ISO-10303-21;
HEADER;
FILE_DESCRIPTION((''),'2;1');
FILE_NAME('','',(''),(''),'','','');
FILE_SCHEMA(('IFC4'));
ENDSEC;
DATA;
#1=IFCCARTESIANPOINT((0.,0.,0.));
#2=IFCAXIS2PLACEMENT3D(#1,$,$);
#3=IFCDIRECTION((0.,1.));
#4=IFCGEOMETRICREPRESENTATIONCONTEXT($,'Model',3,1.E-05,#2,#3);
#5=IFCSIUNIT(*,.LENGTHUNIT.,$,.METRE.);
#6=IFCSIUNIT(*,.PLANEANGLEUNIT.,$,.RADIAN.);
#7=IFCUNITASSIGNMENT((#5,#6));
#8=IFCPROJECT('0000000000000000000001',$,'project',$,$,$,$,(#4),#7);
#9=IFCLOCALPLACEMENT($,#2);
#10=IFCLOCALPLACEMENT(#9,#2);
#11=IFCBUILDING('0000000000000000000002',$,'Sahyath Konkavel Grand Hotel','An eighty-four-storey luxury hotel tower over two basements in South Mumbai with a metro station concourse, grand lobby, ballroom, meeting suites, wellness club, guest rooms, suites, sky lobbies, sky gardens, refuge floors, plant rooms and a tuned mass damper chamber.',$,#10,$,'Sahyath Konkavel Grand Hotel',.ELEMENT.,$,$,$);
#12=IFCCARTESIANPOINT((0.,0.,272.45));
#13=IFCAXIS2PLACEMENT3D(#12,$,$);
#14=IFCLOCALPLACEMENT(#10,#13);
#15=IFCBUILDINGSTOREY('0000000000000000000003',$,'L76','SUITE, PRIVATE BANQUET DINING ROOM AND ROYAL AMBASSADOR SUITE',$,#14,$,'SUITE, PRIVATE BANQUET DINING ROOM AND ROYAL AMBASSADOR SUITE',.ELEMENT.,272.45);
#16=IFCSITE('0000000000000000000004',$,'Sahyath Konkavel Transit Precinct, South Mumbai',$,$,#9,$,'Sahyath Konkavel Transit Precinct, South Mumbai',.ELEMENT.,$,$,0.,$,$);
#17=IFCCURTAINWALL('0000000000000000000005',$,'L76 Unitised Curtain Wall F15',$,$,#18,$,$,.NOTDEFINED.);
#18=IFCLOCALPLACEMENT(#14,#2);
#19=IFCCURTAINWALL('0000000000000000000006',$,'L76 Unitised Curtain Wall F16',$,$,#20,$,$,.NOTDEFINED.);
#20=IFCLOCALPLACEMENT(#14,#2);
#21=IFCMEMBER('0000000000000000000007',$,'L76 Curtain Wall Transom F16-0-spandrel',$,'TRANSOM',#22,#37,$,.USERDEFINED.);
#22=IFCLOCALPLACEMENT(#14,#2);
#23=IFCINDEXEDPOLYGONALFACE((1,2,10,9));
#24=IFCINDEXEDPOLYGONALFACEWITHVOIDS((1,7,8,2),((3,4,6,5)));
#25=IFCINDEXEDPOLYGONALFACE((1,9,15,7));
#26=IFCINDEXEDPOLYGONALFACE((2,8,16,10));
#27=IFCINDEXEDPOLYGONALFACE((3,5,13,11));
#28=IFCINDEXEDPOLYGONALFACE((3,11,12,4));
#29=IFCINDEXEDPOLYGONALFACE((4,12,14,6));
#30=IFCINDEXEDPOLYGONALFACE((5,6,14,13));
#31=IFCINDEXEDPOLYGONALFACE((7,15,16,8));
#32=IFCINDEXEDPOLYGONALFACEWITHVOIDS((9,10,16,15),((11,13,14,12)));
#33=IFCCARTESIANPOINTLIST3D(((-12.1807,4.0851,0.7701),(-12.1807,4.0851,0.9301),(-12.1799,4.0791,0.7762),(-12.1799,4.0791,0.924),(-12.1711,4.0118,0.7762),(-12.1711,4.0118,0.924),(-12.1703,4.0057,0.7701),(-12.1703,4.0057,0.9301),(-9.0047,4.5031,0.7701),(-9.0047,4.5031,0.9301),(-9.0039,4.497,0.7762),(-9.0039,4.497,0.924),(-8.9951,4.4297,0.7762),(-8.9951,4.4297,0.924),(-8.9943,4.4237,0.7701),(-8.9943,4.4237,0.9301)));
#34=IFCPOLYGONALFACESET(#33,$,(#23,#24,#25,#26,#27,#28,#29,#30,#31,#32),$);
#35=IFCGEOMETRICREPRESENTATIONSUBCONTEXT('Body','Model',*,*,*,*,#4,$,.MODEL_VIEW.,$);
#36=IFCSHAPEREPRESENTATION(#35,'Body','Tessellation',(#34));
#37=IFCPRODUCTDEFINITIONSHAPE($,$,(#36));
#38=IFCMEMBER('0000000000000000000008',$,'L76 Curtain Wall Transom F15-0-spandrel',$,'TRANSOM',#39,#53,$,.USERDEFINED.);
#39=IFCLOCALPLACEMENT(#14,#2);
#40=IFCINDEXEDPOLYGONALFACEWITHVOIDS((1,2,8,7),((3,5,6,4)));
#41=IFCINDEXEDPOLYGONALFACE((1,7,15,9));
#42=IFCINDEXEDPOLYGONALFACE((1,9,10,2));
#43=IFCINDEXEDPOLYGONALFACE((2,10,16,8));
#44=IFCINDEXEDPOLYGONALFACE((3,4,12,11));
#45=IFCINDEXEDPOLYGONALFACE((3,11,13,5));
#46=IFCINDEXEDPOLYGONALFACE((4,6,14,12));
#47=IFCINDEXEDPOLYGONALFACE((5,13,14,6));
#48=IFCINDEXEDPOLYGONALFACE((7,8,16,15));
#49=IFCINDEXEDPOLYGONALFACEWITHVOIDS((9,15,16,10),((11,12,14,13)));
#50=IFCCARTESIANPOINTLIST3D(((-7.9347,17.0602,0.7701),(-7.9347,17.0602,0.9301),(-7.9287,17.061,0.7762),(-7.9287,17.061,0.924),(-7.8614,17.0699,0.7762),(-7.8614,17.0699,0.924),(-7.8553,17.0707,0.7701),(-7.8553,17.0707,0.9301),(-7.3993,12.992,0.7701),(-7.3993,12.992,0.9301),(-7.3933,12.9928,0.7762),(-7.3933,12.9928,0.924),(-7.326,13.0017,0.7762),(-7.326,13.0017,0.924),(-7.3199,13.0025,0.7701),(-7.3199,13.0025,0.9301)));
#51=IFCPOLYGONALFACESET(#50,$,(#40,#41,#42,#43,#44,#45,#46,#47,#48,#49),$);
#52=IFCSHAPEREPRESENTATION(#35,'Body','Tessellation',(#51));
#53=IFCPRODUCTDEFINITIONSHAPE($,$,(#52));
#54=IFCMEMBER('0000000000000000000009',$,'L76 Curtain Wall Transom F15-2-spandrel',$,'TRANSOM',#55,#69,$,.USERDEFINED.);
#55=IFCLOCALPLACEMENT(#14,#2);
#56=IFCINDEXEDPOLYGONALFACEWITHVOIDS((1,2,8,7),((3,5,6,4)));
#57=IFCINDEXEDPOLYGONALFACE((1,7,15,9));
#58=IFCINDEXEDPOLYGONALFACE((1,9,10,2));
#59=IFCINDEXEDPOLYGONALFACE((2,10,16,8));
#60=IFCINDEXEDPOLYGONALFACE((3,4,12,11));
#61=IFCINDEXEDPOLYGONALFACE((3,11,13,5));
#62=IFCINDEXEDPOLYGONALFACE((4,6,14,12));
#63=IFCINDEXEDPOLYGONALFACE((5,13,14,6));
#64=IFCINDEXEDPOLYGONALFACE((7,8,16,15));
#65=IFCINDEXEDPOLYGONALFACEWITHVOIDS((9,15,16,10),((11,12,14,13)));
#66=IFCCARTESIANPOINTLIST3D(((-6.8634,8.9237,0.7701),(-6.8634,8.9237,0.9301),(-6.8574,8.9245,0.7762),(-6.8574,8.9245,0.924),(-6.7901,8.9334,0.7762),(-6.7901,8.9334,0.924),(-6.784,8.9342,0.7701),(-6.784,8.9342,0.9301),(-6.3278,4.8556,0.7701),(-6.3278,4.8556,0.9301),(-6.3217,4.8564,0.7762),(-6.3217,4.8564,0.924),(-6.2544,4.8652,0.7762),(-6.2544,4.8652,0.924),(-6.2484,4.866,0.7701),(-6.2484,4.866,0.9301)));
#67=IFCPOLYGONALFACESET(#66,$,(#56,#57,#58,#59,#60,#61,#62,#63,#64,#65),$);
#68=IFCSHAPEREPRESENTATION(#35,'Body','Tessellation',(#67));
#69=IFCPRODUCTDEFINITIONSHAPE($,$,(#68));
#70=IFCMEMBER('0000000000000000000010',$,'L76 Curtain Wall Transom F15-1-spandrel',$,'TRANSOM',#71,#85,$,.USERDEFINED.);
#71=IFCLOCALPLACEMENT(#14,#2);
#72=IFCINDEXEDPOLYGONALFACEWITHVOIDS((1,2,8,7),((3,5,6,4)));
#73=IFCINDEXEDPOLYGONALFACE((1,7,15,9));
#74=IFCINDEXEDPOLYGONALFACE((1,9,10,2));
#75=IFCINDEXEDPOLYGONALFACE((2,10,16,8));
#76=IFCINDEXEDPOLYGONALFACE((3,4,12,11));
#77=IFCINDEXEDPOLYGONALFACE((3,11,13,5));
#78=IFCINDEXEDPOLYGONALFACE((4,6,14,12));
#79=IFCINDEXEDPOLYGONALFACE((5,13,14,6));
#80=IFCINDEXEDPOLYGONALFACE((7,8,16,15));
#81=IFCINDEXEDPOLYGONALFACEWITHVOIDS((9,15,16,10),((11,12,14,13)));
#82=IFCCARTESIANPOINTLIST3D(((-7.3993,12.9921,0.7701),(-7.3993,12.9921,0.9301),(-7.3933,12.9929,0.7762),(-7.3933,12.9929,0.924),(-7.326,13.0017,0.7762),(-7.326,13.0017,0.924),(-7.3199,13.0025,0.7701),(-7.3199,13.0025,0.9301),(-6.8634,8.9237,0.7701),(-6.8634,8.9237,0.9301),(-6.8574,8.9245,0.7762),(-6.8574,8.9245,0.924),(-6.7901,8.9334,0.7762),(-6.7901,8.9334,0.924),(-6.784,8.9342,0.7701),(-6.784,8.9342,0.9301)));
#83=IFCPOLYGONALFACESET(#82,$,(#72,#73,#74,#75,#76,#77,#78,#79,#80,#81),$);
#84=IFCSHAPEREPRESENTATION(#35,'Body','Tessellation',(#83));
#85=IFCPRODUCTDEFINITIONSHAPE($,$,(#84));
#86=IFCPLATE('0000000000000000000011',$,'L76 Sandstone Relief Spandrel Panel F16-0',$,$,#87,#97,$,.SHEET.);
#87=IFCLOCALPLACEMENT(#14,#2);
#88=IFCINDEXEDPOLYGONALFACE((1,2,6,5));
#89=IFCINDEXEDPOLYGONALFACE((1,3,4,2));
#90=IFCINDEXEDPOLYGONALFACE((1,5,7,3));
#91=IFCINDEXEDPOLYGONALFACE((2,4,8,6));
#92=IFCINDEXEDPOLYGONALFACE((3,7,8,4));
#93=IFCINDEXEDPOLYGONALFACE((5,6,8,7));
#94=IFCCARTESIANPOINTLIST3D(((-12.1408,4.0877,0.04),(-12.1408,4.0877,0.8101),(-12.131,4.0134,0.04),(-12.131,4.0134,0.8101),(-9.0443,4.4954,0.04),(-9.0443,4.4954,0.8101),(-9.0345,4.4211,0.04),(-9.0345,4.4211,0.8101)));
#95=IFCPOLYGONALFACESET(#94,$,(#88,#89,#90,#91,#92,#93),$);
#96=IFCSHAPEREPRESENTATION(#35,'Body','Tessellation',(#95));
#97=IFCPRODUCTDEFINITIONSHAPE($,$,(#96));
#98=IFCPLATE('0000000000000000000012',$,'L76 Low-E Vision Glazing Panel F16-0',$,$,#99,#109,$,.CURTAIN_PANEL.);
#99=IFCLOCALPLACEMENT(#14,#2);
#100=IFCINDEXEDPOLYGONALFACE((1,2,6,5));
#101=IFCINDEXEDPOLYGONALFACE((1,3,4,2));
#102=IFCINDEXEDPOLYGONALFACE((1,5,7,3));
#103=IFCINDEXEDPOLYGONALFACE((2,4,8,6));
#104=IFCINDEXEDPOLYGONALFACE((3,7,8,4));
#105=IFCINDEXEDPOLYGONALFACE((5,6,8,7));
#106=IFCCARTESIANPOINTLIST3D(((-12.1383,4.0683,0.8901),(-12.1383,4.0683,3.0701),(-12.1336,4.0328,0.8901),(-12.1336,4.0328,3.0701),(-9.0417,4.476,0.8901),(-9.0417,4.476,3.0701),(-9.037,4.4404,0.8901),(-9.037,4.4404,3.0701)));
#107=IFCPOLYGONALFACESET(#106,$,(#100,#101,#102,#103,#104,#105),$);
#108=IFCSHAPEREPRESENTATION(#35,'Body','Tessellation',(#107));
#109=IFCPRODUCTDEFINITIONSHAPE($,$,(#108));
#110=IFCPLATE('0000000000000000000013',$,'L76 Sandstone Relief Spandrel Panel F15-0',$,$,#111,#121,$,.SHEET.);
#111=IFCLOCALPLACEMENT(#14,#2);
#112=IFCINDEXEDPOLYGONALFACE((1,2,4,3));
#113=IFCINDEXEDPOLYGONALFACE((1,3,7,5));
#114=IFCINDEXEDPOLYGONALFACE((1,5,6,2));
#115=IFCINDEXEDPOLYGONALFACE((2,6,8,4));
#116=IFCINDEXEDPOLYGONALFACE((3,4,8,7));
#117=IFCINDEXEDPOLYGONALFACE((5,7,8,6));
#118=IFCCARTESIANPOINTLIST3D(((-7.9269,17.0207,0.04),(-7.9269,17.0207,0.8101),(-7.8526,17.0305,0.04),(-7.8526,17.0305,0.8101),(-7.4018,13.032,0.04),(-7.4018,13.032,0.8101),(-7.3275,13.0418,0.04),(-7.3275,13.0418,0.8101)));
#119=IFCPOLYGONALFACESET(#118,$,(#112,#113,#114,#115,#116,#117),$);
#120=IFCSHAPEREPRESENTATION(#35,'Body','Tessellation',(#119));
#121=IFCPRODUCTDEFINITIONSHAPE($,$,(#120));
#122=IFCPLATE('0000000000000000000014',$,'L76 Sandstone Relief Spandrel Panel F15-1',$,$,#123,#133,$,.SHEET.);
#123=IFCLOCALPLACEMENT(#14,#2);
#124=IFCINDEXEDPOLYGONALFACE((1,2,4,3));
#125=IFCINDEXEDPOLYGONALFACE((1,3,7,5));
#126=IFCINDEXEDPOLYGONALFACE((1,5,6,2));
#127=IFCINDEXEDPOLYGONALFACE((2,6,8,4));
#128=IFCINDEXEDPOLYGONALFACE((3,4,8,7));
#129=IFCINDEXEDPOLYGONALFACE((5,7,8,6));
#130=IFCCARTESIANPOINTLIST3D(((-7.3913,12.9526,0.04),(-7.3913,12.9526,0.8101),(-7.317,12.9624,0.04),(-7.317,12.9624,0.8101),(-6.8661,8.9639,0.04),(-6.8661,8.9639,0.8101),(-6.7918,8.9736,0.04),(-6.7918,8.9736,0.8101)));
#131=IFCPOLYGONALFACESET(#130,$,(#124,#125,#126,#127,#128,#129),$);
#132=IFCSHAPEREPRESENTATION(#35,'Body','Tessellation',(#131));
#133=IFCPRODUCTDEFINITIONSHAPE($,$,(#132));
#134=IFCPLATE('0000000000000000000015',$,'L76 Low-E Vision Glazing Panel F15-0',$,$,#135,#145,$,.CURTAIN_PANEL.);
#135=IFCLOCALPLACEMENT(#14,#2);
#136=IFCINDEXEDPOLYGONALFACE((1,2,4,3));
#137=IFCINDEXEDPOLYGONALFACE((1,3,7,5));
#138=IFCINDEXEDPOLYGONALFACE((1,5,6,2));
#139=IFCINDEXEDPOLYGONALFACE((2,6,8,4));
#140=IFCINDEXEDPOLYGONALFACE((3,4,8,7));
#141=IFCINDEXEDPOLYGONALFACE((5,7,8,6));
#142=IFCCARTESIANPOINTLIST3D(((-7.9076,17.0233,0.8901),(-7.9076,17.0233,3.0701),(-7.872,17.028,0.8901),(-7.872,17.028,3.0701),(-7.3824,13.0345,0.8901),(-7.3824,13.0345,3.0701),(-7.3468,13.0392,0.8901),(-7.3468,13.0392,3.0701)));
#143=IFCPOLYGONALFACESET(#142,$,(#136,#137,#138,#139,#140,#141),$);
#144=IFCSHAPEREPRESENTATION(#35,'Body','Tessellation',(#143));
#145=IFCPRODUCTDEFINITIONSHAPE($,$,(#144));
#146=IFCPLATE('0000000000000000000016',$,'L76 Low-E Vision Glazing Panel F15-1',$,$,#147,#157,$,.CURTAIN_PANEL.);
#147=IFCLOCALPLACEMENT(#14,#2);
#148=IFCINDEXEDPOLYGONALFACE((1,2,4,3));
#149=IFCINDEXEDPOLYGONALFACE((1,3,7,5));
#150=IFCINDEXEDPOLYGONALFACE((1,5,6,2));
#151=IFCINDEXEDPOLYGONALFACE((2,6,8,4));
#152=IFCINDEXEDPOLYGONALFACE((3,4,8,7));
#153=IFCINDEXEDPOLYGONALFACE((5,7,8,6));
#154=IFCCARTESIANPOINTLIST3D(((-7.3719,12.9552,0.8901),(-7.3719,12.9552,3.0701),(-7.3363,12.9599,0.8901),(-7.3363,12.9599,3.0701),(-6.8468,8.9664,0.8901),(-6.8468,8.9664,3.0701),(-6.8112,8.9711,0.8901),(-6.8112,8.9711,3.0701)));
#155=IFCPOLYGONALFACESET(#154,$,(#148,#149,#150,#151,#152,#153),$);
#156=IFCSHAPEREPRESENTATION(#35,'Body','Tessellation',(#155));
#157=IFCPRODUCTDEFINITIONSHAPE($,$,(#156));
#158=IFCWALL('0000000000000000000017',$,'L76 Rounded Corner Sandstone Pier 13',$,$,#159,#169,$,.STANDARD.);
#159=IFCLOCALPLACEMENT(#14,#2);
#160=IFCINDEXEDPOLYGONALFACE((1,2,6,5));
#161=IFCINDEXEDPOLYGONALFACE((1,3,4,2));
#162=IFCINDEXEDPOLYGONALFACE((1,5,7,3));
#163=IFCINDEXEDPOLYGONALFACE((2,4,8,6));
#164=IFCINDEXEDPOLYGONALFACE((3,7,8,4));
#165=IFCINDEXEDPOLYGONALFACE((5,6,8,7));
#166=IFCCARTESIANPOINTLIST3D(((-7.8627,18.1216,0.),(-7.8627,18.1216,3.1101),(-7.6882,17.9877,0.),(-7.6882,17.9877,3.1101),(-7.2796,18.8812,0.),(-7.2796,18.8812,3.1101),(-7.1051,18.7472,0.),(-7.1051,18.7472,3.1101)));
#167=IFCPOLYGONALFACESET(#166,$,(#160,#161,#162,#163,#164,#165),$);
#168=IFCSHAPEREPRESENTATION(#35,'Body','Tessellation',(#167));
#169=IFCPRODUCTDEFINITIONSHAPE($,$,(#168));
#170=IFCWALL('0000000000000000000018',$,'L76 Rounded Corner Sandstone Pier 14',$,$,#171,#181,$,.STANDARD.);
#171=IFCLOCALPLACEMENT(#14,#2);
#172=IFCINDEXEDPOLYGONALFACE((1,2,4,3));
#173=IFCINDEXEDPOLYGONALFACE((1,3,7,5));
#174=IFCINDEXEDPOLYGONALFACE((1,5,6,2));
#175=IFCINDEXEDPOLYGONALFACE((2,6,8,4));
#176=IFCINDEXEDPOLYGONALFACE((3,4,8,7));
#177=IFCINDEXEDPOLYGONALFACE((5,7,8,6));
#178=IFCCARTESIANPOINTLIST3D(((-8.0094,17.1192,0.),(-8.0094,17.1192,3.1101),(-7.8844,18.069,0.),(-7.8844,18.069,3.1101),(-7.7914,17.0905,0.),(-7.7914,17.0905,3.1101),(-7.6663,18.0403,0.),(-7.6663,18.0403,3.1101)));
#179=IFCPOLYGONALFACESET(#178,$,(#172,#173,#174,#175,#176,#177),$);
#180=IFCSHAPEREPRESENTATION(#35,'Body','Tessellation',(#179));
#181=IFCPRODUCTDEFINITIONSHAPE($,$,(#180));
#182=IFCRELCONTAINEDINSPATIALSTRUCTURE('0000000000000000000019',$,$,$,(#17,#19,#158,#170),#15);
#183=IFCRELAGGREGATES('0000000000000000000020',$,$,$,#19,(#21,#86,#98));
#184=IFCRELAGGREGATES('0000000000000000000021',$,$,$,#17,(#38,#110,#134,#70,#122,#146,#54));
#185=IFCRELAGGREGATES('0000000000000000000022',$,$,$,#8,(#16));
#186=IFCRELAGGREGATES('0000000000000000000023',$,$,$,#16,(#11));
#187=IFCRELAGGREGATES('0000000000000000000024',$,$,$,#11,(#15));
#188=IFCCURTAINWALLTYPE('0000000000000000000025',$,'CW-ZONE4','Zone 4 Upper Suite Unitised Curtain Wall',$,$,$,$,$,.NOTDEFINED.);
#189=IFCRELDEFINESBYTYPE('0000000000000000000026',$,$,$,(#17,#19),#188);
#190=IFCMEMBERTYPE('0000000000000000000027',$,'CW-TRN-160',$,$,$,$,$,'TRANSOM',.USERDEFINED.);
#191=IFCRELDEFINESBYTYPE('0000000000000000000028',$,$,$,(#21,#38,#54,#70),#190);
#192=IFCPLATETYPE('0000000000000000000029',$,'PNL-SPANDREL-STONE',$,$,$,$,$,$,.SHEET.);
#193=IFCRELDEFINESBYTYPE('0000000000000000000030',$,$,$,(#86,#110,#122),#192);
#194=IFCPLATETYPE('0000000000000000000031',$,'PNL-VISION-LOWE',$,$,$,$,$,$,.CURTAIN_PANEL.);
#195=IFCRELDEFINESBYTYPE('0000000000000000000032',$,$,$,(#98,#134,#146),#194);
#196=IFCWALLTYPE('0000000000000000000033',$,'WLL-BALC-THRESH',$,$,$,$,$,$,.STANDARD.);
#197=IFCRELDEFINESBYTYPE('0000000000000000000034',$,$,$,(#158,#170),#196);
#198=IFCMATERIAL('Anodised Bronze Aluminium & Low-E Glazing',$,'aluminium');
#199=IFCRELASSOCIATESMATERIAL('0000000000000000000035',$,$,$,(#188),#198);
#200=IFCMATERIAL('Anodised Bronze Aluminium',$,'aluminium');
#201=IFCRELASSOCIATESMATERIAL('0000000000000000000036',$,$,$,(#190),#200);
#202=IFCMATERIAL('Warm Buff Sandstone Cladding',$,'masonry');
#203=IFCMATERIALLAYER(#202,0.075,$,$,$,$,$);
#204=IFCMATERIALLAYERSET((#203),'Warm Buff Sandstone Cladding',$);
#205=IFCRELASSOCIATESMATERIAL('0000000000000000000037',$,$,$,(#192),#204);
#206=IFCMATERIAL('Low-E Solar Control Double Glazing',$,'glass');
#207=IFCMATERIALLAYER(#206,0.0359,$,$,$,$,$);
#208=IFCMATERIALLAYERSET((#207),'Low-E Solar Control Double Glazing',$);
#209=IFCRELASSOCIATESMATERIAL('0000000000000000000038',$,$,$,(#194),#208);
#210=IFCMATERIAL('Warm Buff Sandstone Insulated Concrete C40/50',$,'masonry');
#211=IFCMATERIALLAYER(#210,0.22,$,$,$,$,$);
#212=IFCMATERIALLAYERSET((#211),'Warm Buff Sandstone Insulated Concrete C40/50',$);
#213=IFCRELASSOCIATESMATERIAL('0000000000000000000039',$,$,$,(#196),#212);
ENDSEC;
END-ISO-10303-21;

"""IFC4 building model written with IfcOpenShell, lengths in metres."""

from ifc_helpers import new_model, si_unit, direction, frame, frame_2d, origin, origin_2d, place, context, subcontext, project, spatial, rectangle, hollow_rectangle, extrude, source, transform, mapped, material, layer, layer_set, material_profile, profile_set, type_object, element, aggregate, save


model = new_model("IFC4")

# Units and contexts
model_context = context("Model", 3, precision=1e-05, world=origin(), true_north=direction((0.0, 1.0)))
body_context = subcontext(model_context, "Body", "Model", "MODEL_VIEW")
ifc_project = project(units=[si_unit("LENGTHUNIT", "METRE"), si_unit("PLANEANGLEUNIT", "RADIAN")], contexts=[model_context])

# Site, building, storey
site_placement = place(None, origin())
site = spatial("IfcSite", under=ifc_project, at=site_placement, Name="Sahyath Konkavel Transit Precinct, South Mumbai", LongName="Sahyath Konkavel Transit Precinct, South Mumbai", CompositionType="ELEMENT", RefElevation=0.0)
building_placement = place(site_placement, origin())
building = spatial("IfcBuilding", under=site, at=building_placement, Name="Sahyath Konkavel Grand Hotel", Description="An eighty-four-storey luxury hotel tower over two basements in South Mumbai with a metro station concourse, grand lobby, ballroom, meeting suites, wellness club, guest rooms, suites, sky lobbies, sky gardens, refuge floors, plant rooms and a tuned mass damper chamber.", LongName="Sahyath Konkavel Grand Hotel", CompositionType="ELEMENT")
storey_placement = place(building_placement, frame((0.0, 0.0, 272.45)))
storey = spatial("IfcBuildingStorey", under=building, at=storey_placement, Name="L76", Description="SUITE, PRIVATE BANQUET DINING ROOM AND ROYAL AMBASSADOR SUITE", LongName="SUITE, PRIVATE BANQUET DINING ROOM AND ROYAL AMBASSADOR SUITE", CompositionType="ELEMENT", Elevation=272.45)

# Curtain walls
ifc_material_1 = material(Name="Anodised Bronze Aluminium & Low-E Glazing", Category="aluminium")
curtain_wall_type = type_object("IfcCurtainWallType", Name="CW-ZONE4", Description="Zone 4 Upper Suite Unitised Curtain Wall", PredefinedType="NOTDEFINED", material=ifc_material_1)
curtain_wall_1_placement = place(storey_placement, origin())
curtain_wall_1 = element("IfcCurtainWall", 1, at=curtain_wall_1_placement, inside=storey, type_object=curtain_wall_type, Name="L76 Unitised Curtain Wall F15", PredefinedType="NOTDEFINED")
curtain_wall_2_placement = place(storey_placement, origin())
curtain_wall_2 = element("IfcCurtainWall", 2, at=curtain_wall_2_placement, inside=storey, type_object=curtain_wall_type, Name="L76 Unitised Curtain Wall F16", PredefinedType="NOTDEFINED")
ifc_material_2 = material(Name="Anodised Bronze Aluminium", Category="aluminium")

# Members
ifc_material_profile_1 = material_profile(ifc_material_2, hollow_rectangle(XDim=0.0801, YDim=0.1599, WallThickness=0.0061, at=origin_2d()), Name="RHS 160x80x6")
ifc_profile_set_1 = profile_set([ifc_material_profile_1], Name="Anodised Bronze Aluminium")
member_type_1 = type_object("IfcMemberType", Name="CW-TRN-160", ElementType="TRANSOM", PredefinedType="USERDEFINED", material=ifc_profile_set_1)
shared_shape_1 = source(origin(), body_context, "Body", "SweptSolid", [
    extrude(hollow_rectangle(XDim=0.0801, YDim=0.1599, WallThickness=0.0061, at=origin_2d()), origin(), (0.0, 0.0, 1.0), 3.2034),
])
member_1_placement = place(storey_placement, frame((-8.9995, 4.4634, 0.8501), z_axis=(-0.991451, -0.130476, 0.0), x_axis=(0.130476, -0.991451, 0.0)))
member_1 = element("IfcMember", 3, at=member_1_placement, type_object=member_type_1, Name="L76 Curtain Wall Transom F16-0-spandrel", ObjectType="TRANSOM", PredefinedType="USERDEFINED", context=body_context, shape_type="MappedRepresentation", body=[
    mapped(shared_shape_1, transform((0.0, 0.0, 0.0), scale=1.0)),
])
shared_shape_2 = source(origin(), body_context, "Body", "SweptSolid", [
    extrude(hollow_rectangle(XDim=0.0801, YDim=0.1599, WallThickness=0.0061, at=origin_2d()), origin(), (0.0, 0.0, 1.0), 4.1033),
])
member_2_placement = place(storey_placement, frame((-7.895, 17.0654, 0.8501), z_axis=(0.130484, -0.99145, 0.0), x_axis=(0.99145, 0.130484, 0.0)))
member_2 = element("IfcMember", 4, at=member_2_placement, type_object=member_type_1, Name="L76 Curtain Wall Transom F15-0-spandrel", ObjectType="TRANSOM", PredefinedType="USERDEFINED", context=body_context, shape_type="MappedRepresentation", body=[
    mapped(shared_shape_2, transform((0.0, 0.0, 0.0), scale=1.0)),
])
member_3_placement = place(storey_placement, frame((-6.8237, 8.929, 0.8501), z_axis=(0.130542, -0.991443, 0.0), x_axis=(0.991443, 0.130542, 0.0)))
member_3 = element("IfcMember", 5, at=member_3_placement, type_object=member_type_1, Name="L76 Curtain Wall Transom F15-2-spandrel", ObjectType="TRANSOM", PredefinedType="USERDEFINED", context=body_context, shape_type="MappedRepresentation", body=[
    mapped(shared_shape_2, transform((0.0, 0.0, 0.0), scale=1.0)),
])
shared_shape_3 = source(origin(), body_context, "Body", "SweptSolid", [
    extrude(hollow_rectangle(XDim=0.0801, YDim=0.1599, WallThickness=0.0061, at=origin_2d()), origin(), (0.0, 0.0, 1.0), 4.1035),
])
member_4_placement = place(storey_placement, frame((-7.3596, 12.9973, 0.8501), z_axis=(0.130593, -0.991436, 0.0), x_axis=(0.991436, 0.130593, 0.0)))
member_4 = element("IfcMember", 6, at=member_4_placement, type_object=member_type_1, Name="L76 Curtain Wall Transom F15-1-spandrel", ObjectType="TRANSOM", PredefinedType="USERDEFINED", context=body_context, shape_type="MappedRepresentation", body=[
    mapped(shared_shape_3, transform((0.0, 0.0, 0.0), scale=1.0)),
])

# Plates
ifc_material_3 = material(Name="Warm Buff Sandstone Cladding", Category="masonry")
ifc_layer_1 = layer(ifc_material_3, 0.075)
ifc_layer_set_1 = layer_set([ifc_layer_1], Name="Warm Buff Sandstone Cladding")
plate_type_1 = type_object("IfcPlateType", Name="PNL-SPANDREL-STONE", PredefinedType="SHEET", material=ifc_layer_set_1)
shared_shape_4 = source(origin(), body_context, "Body", "SweptSolid", [
    extrude(rectangle(XDim=3.1233, YDim=0.075, at=origin_2d()), origin(), (0.0, 0.0, 1.0), 0.77),
])
plate_1_placement = place(storey_placement, frame((-10.5876, 4.2544, 0.04), z_axis=(0.0, 0.0, 1.0), x_axis=(-0.991445, -0.130526, 0.0)))
plate_1 = element("IfcPlate", 7, at=plate_1_placement, type_object=plate_type_1, Name="L76 Sandstone Relief Spandrel Panel F16-0", PredefinedType="SHEET", context=body_context, shape_type="MappedRepresentation", body=[
    mapped(shared_shape_4, transform((0.0, 0.0, 0.0), scale=1.0)),
])
ifc_material_4 = material(Name="Low-E Solar Control Double Glazing", Category="glass")
ifc_layer_2 = layer(ifc_material_4, 0.0359)
ifc_layer_set_2 = layer_set([ifc_layer_2], Name="Low-E Solar Control Double Glazing")
plate_type_2 = type_object("IfcPlateType", Name="PNL-VISION-LOWE", PredefinedType="CURTAIN_PANEL", material=ifc_layer_set_2)
shared_shape_5 = source(origin(), body_context, "Body", "SweptSolid", [
    extrude(rectangle(XDim=3.1233, YDim=0.0359, at=origin_2d()), origin(), (0.0, 0.0, 1.0), 2.1799),
])
plate_2_placement = place(storey_placement, frame((-10.5876, 4.2544, 0.8901), z_axis=(0.0, 0.0, 1.0), x_axis=(-0.991445, -0.130526, 0.0)))
plate_2 = element("IfcPlate", 8, at=plate_2_placement, type_object=plate_type_2, Name="L76 Low-E Vision Glazing Panel F16-0", PredefinedType="CURTAIN_PANEL", context=body_context, shape_type="MappedRepresentation", body=[
    mapped(shared_shape_5, transform((0.0, 0.0, 0.0), scale=1.0)),
])
aggregate(curtain_wall_2, [member_1, plate_1, plate_2])
shared_shape_6 = source(origin(), body_context, "Body", "SweptSolid", [
    extrude(rectangle(XDim=4.0232, YDim=0.075, at=origin_2d()), origin(), (0.0, 0.0, 1.0), 0.77),
])
plate_3_placement = place(storey_placement, frame((-7.6272, 15.0312, 0.04), z_axis=(0.0, 0.0, 1.0), x_axis=(0.130526, -0.991445, 0.0)))
plate_3 = element("IfcPlate", 9, at=plate_3_placement, type_object=plate_type_1, Name="L76 Sandstone Relief Spandrel Panel F15-0", PredefinedType="SHEET", context=body_context, shape_type="MappedRepresentation", body=[
    mapped(shared_shape_6, transform((0.0, 0.0, 0.0), scale=1.0)),
])
plate_4_placement = place(storey_placement, frame((-7.0916, 10.9631, 0.04), z_axis=(0.0, 0.0, 1.0), x_axis=(0.130526, -0.991445, 0.0)))
plate_4 = element("IfcPlate", 10, at=plate_4_placement, type_object=plate_type_1, Name="L76 Sandstone Relief Spandrel Panel F15-1", PredefinedType="SHEET", context=body_context, shape_type="MappedRepresentation", body=[
    mapped(shared_shape_6, transform((0.0, 0.0, 0.0), scale=1.0)),
])
shared_shape_7 = source(origin(), body_context, "Body", "SweptSolid", [
    extrude(rectangle(XDim=4.0232, YDim=0.0359, at=origin_2d()), origin(), (0.0, 0.0, 1.0), 2.1799),
])
plate_5_placement = place(storey_placement, frame((-7.6272, 15.0312, 0.8901), z_axis=(0.0, 0.0, 1.0), x_axis=(0.130526, -0.991445, 0.0)))
plate_5 = element("IfcPlate", 11, at=plate_5_placement, type_object=plate_type_2, Name="L76 Low-E Vision Glazing Panel F15-0", PredefinedType="CURTAIN_PANEL", context=body_context, shape_type="MappedRepresentation", body=[
    mapped(shared_shape_7, transform((0.0, 0.0, 0.0), scale=1.0)),
])
plate_6_placement = place(storey_placement, frame((-7.0916, 10.9631, 0.8901), z_axis=(0.0, 0.0, 1.0), x_axis=(0.130526, -0.991445, 0.0)))
plate_6 = element("IfcPlate", 12, at=plate_6_placement, type_object=plate_type_2, Name="L76 Low-E Vision Glazing Panel F15-1", PredefinedType="CURTAIN_PANEL", context=body_context, shape_type="MappedRepresentation", body=[
    mapped(shared_shape_7, transform((0.0, 0.0, 0.0), scale=1.0)),
])
aggregate(curtain_wall_1, [member_2, plate_3, plate_5, member_4, plate_4, plate_6, member_3])

# Walls
ifc_material_5 = material(Name="Warm Buff Sandstone Insulated Concrete C40/50", Category="masonry")
ifc_layer_3 = layer(ifc_material_5, 0.22)
ifc_layer_set_3 = layer_set([ifc_layer_3], Name="Warm Buff Sandstone Insulated Concrete C40/50")
wall_type_1 = type_object("IfcWallType", Name="WLL-BALC-THRESH", PredefinedType="STANDARD", material=ifc_layer_set_3)
wall_1_placement = place(storey_placement, frame((-7.1924, 18.8142, 0.0), z_axis=(0.0, 0.0, 1.0), x_axis=(-0.608897, -0.793249, 0.0)))
element("IfcWall", 13, at=wall_1_placement, inside=storey, type_object=wall_type_1, Name="L76 Rounded Corner Sandstone Pier 13", PredefinedType="STANDARD", context=body_context, shape_type="SweptSolid", body=[
    extrude(rectangle(XDim=0.9575, YDim=0.22, at=frame_2d((0.4788, 0.0))), origin(), (0.0, 0.0, 1.0), 3.1101),
])
wall_2_placement = place(storey_placement, frame((-7.7754, 18.0547, 0.0), z_axis=(0.0, 0.0, 1.0), x_axis=(-0.130494, -0.991449, 0.0)))
element("IfcWall", 14, at=wall_2_placement, inside=storey, type_object=wall_type_1, Name="L76 Rounded Corner Sandstone Pier 14", PredefinedType="STANDARD", context=body_context, shape_type="SweptSolid", body=[
    extrude(rectangle(XDim=0.958, YDim=0.22, at=frame_2d((0.479, 0.0))), origin(), (0.0, 0.0, 1.0), 3.1101),
])

save(model, "model.ifc")
